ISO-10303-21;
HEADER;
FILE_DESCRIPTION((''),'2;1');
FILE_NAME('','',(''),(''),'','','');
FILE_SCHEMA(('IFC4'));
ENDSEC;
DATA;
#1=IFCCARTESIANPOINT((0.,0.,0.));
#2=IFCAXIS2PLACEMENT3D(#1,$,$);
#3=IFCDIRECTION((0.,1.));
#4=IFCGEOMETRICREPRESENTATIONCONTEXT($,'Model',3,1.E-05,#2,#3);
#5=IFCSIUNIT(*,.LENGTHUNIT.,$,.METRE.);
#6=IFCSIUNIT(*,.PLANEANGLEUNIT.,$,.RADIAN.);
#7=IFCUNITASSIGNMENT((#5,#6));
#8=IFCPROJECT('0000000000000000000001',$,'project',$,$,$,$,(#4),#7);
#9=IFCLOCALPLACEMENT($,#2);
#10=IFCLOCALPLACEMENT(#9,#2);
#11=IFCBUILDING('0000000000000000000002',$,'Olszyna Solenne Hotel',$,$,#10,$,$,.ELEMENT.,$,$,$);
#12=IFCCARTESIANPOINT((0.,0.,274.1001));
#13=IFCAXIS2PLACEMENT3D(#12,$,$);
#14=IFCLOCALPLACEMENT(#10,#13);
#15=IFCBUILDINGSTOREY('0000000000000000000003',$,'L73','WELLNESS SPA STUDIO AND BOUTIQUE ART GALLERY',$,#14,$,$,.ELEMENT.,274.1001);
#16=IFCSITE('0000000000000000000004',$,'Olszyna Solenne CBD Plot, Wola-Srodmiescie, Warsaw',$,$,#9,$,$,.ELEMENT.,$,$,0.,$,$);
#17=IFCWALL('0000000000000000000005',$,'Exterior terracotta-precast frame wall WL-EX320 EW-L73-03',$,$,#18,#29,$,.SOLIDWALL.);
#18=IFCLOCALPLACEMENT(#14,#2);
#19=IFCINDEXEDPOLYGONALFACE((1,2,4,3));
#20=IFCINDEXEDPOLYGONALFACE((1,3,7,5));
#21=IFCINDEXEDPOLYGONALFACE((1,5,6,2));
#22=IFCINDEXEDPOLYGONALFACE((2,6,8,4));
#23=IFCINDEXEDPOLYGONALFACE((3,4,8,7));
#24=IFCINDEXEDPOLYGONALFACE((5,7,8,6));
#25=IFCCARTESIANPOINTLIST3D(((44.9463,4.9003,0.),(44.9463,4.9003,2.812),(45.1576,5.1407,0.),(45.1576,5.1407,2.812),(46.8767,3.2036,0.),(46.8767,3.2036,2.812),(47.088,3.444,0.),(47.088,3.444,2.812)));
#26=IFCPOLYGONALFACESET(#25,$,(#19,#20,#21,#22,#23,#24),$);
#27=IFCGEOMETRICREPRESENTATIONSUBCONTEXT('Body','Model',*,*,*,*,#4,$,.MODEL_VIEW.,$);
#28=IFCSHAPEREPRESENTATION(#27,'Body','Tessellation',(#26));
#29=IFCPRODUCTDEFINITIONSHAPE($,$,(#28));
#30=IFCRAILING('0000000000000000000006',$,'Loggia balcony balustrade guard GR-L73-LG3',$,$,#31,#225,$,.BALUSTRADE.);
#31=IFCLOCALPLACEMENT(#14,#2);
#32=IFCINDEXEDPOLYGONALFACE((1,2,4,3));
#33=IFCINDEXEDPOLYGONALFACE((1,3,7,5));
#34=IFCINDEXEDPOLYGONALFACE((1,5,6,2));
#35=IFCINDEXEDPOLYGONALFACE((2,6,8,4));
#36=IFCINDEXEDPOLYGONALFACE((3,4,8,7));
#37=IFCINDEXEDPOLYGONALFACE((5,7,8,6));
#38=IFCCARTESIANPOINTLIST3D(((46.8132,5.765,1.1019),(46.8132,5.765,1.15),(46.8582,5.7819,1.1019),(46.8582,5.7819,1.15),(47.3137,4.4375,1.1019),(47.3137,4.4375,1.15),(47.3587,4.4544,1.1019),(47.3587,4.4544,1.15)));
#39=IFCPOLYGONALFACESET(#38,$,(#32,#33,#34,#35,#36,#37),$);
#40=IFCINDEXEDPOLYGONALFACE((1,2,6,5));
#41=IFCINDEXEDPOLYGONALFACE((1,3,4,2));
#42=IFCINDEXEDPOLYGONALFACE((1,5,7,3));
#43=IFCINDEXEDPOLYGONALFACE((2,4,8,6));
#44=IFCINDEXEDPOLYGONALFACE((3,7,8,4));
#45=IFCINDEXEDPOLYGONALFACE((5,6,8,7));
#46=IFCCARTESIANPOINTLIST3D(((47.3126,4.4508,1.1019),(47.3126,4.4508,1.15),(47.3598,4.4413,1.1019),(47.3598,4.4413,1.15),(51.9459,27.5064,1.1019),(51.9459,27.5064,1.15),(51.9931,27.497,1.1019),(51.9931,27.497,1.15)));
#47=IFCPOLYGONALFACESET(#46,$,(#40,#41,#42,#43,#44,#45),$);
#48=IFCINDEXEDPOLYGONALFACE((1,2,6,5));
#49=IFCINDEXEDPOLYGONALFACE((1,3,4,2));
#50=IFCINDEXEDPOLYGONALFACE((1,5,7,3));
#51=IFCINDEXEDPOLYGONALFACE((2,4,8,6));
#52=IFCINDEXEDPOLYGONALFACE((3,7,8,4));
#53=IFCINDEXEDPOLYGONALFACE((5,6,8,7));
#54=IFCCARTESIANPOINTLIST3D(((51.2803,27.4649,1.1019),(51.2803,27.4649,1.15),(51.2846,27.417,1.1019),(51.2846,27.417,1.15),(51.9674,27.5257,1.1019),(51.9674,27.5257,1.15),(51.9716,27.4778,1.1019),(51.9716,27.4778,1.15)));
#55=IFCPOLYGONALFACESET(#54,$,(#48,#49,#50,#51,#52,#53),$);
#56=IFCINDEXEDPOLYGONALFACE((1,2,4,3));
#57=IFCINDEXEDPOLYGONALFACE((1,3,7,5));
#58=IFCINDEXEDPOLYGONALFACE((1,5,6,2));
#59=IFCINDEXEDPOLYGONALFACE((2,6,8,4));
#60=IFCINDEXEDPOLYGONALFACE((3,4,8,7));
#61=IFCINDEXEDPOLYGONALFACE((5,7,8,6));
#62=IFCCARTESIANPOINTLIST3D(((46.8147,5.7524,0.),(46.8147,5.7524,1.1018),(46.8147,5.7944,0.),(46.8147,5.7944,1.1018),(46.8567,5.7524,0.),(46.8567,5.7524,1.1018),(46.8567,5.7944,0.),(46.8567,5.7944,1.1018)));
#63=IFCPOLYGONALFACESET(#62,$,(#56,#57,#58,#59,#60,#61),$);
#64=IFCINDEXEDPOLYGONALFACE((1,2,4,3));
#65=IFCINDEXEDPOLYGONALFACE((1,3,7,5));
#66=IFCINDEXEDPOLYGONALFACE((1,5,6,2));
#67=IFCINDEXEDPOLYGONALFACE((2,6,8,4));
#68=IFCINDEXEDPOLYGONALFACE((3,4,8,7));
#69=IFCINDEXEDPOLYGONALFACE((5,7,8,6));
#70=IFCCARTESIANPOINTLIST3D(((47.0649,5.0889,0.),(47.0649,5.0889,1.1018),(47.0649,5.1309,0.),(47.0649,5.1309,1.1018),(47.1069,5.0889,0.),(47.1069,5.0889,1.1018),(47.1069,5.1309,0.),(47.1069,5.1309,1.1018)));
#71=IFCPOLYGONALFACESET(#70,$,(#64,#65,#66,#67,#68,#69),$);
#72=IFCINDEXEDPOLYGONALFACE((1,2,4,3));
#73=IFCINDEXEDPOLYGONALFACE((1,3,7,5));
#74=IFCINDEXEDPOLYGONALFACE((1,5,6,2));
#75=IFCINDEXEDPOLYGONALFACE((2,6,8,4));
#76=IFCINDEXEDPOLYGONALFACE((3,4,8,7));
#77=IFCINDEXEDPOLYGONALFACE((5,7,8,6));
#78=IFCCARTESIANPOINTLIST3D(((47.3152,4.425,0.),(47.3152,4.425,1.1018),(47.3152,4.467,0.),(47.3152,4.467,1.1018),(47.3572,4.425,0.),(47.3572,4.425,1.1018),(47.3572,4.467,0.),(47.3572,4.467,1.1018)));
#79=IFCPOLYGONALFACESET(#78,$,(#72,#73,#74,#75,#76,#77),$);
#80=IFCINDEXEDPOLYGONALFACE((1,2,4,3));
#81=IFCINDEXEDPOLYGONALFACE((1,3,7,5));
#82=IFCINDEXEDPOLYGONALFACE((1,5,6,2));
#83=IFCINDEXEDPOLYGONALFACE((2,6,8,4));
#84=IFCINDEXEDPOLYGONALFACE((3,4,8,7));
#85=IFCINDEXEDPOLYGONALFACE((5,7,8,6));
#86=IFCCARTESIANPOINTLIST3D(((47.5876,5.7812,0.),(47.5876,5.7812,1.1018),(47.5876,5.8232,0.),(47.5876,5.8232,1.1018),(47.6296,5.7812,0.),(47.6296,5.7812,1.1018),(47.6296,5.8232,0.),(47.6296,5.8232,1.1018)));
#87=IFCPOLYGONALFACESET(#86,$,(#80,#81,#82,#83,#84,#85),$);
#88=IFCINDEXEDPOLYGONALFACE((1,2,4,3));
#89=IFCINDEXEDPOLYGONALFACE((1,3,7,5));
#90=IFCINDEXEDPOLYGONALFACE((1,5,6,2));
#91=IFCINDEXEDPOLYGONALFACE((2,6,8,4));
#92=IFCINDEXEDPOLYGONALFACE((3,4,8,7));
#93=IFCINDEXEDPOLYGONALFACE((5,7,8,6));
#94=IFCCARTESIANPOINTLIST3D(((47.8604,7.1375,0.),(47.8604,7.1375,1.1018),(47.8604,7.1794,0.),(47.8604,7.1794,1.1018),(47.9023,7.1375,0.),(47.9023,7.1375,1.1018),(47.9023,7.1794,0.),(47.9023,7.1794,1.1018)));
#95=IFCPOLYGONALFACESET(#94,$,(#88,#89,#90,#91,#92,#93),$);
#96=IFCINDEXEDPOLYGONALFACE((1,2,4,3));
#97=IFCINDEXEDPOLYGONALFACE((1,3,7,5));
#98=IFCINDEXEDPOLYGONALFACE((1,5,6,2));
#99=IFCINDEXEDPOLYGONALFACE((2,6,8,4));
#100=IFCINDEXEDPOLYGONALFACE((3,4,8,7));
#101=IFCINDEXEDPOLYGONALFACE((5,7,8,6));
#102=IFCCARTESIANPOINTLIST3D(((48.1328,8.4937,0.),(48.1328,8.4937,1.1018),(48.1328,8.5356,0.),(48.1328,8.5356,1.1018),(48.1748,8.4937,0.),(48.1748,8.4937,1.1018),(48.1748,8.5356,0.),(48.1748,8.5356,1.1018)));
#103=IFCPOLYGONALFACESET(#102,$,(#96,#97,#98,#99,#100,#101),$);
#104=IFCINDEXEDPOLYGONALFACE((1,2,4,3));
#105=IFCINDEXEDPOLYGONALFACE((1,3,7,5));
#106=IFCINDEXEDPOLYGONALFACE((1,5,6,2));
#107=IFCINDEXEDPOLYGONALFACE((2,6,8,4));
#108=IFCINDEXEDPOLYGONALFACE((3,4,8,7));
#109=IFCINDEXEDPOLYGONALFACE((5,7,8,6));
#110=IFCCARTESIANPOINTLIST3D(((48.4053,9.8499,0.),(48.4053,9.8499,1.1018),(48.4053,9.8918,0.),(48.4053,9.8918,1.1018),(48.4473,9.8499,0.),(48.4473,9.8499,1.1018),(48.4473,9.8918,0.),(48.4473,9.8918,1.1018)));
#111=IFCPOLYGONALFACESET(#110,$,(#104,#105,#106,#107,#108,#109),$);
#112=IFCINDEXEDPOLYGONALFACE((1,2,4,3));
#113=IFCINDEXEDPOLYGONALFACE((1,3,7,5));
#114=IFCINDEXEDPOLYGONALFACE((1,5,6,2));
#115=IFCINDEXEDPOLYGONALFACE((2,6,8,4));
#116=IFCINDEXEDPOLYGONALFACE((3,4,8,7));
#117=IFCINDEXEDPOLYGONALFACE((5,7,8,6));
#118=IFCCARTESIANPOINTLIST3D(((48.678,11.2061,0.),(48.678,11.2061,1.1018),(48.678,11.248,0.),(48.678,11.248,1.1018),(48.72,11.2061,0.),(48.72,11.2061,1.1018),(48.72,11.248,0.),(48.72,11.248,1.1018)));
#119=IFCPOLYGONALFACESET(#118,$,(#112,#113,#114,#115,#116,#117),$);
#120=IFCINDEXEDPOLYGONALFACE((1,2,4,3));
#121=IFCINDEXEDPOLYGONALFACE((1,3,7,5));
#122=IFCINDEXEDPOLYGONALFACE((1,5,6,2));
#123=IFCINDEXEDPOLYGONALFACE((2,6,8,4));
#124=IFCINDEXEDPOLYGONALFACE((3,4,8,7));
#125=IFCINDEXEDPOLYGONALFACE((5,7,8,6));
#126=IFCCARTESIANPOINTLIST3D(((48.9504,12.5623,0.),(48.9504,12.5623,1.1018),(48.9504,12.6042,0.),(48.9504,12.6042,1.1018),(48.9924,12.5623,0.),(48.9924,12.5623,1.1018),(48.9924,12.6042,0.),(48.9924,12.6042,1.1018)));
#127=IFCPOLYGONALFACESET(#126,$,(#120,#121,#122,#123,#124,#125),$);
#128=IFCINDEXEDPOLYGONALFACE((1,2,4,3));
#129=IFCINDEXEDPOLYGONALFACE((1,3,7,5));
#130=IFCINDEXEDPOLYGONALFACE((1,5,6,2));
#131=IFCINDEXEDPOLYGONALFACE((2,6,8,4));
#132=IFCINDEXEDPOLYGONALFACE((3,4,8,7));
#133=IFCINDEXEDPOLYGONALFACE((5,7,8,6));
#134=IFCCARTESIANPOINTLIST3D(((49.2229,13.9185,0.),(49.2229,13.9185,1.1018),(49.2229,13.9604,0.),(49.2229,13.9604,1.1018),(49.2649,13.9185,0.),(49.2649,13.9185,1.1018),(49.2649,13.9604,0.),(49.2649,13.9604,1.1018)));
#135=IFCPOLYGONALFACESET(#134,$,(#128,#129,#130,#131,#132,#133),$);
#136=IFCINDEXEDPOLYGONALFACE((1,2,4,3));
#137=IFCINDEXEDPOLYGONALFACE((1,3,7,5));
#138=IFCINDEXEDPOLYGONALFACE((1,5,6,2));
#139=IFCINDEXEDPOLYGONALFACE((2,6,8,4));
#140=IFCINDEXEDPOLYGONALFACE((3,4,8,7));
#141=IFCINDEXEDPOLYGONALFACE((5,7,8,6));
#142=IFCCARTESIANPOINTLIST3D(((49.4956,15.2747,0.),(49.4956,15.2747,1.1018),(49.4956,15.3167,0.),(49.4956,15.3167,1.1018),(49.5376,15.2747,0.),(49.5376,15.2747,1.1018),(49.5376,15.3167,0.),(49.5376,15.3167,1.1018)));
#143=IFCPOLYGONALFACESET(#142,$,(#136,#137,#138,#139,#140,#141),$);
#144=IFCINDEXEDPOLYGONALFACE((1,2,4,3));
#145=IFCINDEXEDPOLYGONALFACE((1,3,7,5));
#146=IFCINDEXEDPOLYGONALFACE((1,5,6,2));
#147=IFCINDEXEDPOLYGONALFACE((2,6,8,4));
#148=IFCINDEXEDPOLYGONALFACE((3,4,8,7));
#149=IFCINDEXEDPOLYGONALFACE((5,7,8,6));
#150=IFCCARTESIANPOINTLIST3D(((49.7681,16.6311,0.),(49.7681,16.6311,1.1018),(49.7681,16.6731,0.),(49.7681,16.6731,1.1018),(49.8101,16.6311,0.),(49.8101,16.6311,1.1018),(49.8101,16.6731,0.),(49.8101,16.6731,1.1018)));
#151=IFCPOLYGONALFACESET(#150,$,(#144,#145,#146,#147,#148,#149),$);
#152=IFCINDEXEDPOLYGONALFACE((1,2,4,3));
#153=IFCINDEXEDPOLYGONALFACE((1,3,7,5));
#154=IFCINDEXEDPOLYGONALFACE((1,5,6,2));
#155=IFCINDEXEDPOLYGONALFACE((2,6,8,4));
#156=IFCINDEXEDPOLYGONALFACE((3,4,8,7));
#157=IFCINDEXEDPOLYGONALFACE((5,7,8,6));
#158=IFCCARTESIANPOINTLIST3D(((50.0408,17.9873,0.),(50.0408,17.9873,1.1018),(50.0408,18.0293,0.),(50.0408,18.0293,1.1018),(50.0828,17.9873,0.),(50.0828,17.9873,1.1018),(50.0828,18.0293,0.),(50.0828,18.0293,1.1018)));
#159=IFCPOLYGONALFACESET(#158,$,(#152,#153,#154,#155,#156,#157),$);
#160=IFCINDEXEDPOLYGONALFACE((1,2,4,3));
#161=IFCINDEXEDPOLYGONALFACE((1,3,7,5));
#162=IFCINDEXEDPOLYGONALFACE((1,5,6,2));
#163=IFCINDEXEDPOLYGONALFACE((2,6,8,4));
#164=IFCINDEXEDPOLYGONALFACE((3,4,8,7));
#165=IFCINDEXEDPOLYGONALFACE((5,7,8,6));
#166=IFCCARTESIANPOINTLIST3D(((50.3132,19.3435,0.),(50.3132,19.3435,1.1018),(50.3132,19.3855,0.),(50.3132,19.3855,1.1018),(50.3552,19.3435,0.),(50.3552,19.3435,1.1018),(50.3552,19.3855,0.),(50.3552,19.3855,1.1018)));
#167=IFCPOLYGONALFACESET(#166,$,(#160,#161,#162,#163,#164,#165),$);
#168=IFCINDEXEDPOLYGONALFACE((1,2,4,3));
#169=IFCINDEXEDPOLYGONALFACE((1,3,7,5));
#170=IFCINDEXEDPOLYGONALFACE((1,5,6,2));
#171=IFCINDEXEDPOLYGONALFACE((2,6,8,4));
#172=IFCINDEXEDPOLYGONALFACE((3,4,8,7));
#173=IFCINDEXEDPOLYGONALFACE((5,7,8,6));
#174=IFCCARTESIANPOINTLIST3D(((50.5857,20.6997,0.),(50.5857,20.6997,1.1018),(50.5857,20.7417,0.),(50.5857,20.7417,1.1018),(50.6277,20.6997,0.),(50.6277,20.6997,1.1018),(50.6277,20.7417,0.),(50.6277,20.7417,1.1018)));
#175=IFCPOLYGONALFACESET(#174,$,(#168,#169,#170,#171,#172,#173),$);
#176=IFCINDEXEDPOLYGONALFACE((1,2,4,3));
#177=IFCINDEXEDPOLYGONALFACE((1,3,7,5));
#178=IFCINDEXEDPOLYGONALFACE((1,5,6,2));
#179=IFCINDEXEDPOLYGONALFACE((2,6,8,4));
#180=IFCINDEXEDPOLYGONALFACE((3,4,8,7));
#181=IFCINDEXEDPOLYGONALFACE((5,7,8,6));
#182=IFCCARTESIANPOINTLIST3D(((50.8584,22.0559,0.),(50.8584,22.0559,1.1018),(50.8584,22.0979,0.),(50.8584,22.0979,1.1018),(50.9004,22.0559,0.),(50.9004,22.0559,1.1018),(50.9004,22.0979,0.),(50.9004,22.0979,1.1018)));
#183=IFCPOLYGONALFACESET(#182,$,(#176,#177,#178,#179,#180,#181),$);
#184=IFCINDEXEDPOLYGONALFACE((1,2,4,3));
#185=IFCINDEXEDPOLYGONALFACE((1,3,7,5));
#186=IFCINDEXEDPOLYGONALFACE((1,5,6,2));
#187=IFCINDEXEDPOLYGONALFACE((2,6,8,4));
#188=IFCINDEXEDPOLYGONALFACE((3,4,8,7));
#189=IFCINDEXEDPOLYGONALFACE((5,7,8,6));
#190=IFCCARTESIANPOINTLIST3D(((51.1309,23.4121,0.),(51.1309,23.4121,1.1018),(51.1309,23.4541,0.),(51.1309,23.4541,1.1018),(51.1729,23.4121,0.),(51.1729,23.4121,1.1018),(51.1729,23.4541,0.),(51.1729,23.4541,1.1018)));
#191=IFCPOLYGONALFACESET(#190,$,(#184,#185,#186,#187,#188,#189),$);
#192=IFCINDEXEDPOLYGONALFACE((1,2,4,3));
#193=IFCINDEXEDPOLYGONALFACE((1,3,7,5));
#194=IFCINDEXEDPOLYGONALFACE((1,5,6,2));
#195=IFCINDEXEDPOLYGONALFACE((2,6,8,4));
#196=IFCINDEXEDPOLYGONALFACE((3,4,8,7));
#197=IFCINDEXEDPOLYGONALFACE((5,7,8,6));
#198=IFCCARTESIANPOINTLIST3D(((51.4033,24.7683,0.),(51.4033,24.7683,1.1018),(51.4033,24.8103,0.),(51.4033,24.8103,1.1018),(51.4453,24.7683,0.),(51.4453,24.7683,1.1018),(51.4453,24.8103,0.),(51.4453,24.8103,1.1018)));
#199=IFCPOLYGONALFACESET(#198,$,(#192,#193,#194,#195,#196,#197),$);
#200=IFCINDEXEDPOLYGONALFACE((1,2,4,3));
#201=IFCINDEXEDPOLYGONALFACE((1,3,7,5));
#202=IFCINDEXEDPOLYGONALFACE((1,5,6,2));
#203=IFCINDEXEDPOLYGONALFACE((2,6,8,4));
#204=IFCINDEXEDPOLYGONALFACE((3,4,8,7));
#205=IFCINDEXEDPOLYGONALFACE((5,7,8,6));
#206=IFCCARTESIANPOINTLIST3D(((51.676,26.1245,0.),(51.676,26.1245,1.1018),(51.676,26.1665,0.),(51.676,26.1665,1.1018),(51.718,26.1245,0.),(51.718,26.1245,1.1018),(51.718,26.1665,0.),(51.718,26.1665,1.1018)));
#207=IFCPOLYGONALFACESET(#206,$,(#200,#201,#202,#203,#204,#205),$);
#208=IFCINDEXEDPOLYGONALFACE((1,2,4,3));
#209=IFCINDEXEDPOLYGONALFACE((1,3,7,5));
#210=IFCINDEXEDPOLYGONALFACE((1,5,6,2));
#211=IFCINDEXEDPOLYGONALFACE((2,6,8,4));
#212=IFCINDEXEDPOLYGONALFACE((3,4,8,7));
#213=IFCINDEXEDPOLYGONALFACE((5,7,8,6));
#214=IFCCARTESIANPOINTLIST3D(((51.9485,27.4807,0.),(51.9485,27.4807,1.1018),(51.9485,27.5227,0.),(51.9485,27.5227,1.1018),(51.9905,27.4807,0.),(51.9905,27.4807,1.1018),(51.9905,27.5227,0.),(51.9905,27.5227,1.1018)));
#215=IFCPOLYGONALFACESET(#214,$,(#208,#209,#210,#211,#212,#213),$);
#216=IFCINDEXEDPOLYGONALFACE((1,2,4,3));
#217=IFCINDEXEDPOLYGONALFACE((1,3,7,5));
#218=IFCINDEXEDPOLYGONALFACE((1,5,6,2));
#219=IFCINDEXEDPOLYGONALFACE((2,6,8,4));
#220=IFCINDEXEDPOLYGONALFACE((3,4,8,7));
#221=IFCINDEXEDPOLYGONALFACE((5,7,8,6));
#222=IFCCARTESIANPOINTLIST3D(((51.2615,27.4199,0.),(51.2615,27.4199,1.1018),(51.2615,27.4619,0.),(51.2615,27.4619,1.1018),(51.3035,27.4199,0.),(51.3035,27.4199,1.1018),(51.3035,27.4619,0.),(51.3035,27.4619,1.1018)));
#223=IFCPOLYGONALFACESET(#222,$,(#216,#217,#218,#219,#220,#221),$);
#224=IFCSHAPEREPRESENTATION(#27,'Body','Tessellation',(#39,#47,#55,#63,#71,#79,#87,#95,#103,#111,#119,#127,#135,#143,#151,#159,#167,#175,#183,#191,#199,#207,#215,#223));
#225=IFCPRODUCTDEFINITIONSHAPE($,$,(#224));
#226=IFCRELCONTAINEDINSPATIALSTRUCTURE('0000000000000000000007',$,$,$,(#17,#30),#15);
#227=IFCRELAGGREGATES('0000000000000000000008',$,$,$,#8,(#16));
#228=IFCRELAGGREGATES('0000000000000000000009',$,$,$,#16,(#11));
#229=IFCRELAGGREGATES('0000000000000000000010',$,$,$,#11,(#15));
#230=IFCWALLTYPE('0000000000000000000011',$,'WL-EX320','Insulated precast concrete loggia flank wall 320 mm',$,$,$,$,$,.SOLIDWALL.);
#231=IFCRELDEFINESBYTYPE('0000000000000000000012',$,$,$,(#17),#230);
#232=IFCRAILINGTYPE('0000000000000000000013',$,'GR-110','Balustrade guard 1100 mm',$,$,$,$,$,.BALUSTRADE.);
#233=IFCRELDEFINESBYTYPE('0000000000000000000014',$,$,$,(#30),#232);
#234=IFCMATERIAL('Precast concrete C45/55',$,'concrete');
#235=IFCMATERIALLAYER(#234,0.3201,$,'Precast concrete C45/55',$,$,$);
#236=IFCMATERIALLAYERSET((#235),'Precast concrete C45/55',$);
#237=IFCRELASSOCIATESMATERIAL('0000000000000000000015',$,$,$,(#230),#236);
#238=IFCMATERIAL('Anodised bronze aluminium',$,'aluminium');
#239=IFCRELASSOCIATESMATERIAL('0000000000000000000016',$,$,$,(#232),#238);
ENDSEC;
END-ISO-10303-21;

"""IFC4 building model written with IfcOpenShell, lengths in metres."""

from ifc_helpers import new_model, si_unit, direction, frame, frame_2d, origin, origin_2d, place, context, subcontext, project, spatial, rectangle, extrude, material, layer, layer_set, type_object, element, save


model = new_model("IFC4")

# Units and contexts
model_context = context("Model", 3, precision=1e-05, world=origin(), true_north=direction((0.0, 1.0)))
body_context = subcontext(model_context, "Body", "Model", "MODEL_VIEW")
ifc_project = project(units=[si_unit("LENGTHUNIT", "METRE"), si_unit("PLANEANGLEUNIT", "RADIAN")], contexts=[model_context])

# Site, building, storey
site_placement = place(None, origin())
site = spatial("IfcSite", under=ifc_project, at=site_placement, Name="Olszyna Solenne CBD Plot, Wola-Srodmiescie, Warsaw", CompositionType="ELEMENT", RefElevation=0.0)
building_placement = place(site_placement, origin())
building = spatial("IfcBuilding", under=site, at=building_placement, Name="Olszyna Solenne Hotel", CompositionType="ELEMENT")
storey_placement = place(building_placement, frame((0.0, 0.0, 274.1001)))
storey = spatial("IfcBuildingStorey", under=building, at=storey_placement, Name="L73", Description="WELLNESS SPA STUDIO AND BOUTIQUE ART GALLERY", CompositionType="ELEMENT", Elevation=274.1001)

# Shared definitions
ifc_material_1 = material(Name="Anodised bronze aluminium", Category="aluminium")

# Wall
ifc_material_2 = material(Name="Precast concrete C45/55", Category="concrete")
ifc_layer = layer(ifc_material_2, 0.3201, Name="Precast concrete C45/55")
ifc_layer_set = layer_set([ifc_layer], Name="Precast concrete C45/55")
wall_type = type_object("IfcWallType", Name="WL-EX320", Description="Insulated precast concrete loggia flank wall 320 mm", PredefinedType="SOLIDWALL", material=ifc_layer_set)
for number, where, z_axis, x_axis, name in (
    (1, (46.9824, 3.3237, 0.0), (0.0, 0.0, 1.0), (-0.751098, 0.660191, 0.0), "Exterior terracotta-precast frame wall WL-EX320 EW-L73-03"),
):
    element("IfcWall", number, at=place(storey_placement, frame(where, z_axis=z_axis, x_axis=x_axis)), inside=storey, type_object=wall_type, Name=name, PredefinedType="SOLIDWALL", context=body_context, shape_type="SweptSolid", body=[
        extrude(rectangle(XDim=2.5701, YDim=0.3201, at=frame_2d((1.2852, 0.0))), origin(), (0.0, 0.0, 1.0), 2.812),
    ])

# Railing
railing_type = type_object("IfcRailingType", Name="GR-110", Description="Balustrade guard 1100 mm", PredefinedType="BALUSTRADE", material=ifc_material_1)
railing_placement = place(storey_placement, frame((46.8357, 5.7734, 0.0)))
element("IfcRailing", 2, at=railing_placement, inside=storey, type_object=railing_type, Name="Loggia balcony balustrade guard GR-L73-LG3", PredefinedType="BALUSTRADE", context=body_context, shape_type="SweptSolid", body=[
    extrude(rectangle(XDim=0.0481, YDim=0.0481, at=origin_2d()), frame((0.0, 0.0, 1.126), z_axis=(0.352801, -0.935698, 0.0), x_axis=(0.935698, 0.352801, 0.0)), (0.0, 0.0, 1.0), 1.4187),
    extrude(rectangle(XDim=0.0481, YDim=0.0481, at=origin_2d()), frame((0.5005, -1.3274, 1.126), z_axis=(0.197022, 0.980399, 0.0), x_axis=(-0.980399, 0.197022, 0.0)), (0.0, 0.0, 1.0), 23.5166),
    extrude(rectangle(XDim=0.0481, YDim=0.0481, at=origin_2d()), frame((5.1338, 21.7283, 1.126), z_axis=(-0.996108, -0.088142, 0.0), x_axis=(0.088142, -0.996108, 0.0)), (0.0, 0.0, 1.0), 0.6897),
    extrude(rectangle(XDim=0.042, YDim=0.042, at=origin_2d()), origin(), (0.0, 0.0, 1.0), 1.1018),
    extrude(rectangle(XDim=0.042, YDim=0.042, at=origin_2d()), frame((0.2502, -0.6636, 0.0)), (0.0, 0.0, 1.0), 1.1018),
    extrude(rectangle(XDim=0.042, YDim=0.042, at=origin_2d()), frame((0.5005, -1.3274, 0.0)), (0.0, 0.0, 1.0), 1.1018),
    extrude(rectangle(XDim=0.042, YDim=0.042, at=origin_2d()), frame((0.7729, 0.0288, 0.0)), (0.0, 0.0, 1.0), 1.1018),
    extrude(rectangle(XDim=0.042, YDim=0.042, at=origin_2d()), frame((1.0457, 1.385, 0.0)), (0.0, 0.0, 1.0), 1.1018),
    extrude(rectangle(XDim=0.042, YDim=0.042, at=origin_2d()), frame((1.3181, 2.7412, 0.0)), (0.0, 0.0, 1.0), 1.1018),
    extrude(rectangle(XDim=0.042, YDim=0.042, at=origin_2d()), frame((1.5906, 4.0974, 0.0)), (0.0, 0.0, 1.0), 1.1018),
    extrude(rectangle(XDim=0.042, YDim=0.042, at=origin_2d()), frame((1.8633, 5.4536, 0.0)), (0.0, 0.0, 1.0), 1.1018),
    extrude(rectangle(XDim=0.042, YDim=0.042, at=origin_2d()), frame((2.1357, 6.8098, 0.0)), (0.0, 0.0, 1.0), 1.1018),
    extrude(rectangle(XDim=0.042, YDim=0.042, at=origin_2d()), frame((2.4082, 8.166, 0.0)), (0.0, 0.0, 1.0), 1.1018),
    extrude(rectangle(XDim=0.042, YDim=0.042, at=origin_2d()), frame((2.6809, 9.5222, 0.0)), (0.0, 0.0, 1.0), 1.1018),
    extrude(rectangle(XDim=0.042, YDim=0.042, at=origin_2d()), frame((2.9534, 10.8787, 0.0)), (0.0, 0.0, 1.0), 1.1018),
    extrude(rectangle(XDim=0.042, YDim=0.042, at=origin_2d()), frame((3.2261, 12.2349, 0.0)), (0.0, 0.0, 1.0), 1.1018),
    extrude(rectangle(XDim=0.042, YDim=0.042, at=origin_2d()), frame((3.4985, 13.5911, 0.0)), (0.0, 0.0, 1.0), 1.1018),
    extrude(rectangle(XDim=0.042, YDim=0.042, at=origin_2d()), frame((3.771, 14.9473, 0.0)), (0.0, 0.0, 1.0), 1.1018),
    extrude(rectangle(XDim=0.042, YDim=0.042, at=origin_2d()), frame((4.0437, 16.3035, 0.0)), (0.0, 0.0, 1.0), 1.1018),
    extrude(rectangle(XDim=0.042, YDim=0.042, at=origin_2d()), frame((4.3162, 17.6597, 0.0)), (0.0, 0.0, 1.0), 1.1018),
    extrude(rectangle(XDim=0.042, YDim=0.042, at=origin_2d()), frame((4.5886, 19.0159, 0.0)), (0.0, 0.0, 1.0), 1.1018),
    extrude(rectangle(XDim=0.042, YDim=0.042, at=origin_2d()), frame((4.8613, 20.3721, 0.0)), (0.0, 0.0, 1.0), 1.1018),
    extrude(rectangle(XDim=0.042, YDim=0.042, at=origin_2d()), frame((5.1338, 21.7283, 0.0)), (0.0, 0.0, 1.0), 1.1018),
    extrude(rectangle(XDim=0.042, YDim=0.042, at=origin_2d()), frame((4.4468, 21.6675, 0.0)), (0.0, 0.0, 1.0), 1.1018),
])

save(model, "model.ifc")
